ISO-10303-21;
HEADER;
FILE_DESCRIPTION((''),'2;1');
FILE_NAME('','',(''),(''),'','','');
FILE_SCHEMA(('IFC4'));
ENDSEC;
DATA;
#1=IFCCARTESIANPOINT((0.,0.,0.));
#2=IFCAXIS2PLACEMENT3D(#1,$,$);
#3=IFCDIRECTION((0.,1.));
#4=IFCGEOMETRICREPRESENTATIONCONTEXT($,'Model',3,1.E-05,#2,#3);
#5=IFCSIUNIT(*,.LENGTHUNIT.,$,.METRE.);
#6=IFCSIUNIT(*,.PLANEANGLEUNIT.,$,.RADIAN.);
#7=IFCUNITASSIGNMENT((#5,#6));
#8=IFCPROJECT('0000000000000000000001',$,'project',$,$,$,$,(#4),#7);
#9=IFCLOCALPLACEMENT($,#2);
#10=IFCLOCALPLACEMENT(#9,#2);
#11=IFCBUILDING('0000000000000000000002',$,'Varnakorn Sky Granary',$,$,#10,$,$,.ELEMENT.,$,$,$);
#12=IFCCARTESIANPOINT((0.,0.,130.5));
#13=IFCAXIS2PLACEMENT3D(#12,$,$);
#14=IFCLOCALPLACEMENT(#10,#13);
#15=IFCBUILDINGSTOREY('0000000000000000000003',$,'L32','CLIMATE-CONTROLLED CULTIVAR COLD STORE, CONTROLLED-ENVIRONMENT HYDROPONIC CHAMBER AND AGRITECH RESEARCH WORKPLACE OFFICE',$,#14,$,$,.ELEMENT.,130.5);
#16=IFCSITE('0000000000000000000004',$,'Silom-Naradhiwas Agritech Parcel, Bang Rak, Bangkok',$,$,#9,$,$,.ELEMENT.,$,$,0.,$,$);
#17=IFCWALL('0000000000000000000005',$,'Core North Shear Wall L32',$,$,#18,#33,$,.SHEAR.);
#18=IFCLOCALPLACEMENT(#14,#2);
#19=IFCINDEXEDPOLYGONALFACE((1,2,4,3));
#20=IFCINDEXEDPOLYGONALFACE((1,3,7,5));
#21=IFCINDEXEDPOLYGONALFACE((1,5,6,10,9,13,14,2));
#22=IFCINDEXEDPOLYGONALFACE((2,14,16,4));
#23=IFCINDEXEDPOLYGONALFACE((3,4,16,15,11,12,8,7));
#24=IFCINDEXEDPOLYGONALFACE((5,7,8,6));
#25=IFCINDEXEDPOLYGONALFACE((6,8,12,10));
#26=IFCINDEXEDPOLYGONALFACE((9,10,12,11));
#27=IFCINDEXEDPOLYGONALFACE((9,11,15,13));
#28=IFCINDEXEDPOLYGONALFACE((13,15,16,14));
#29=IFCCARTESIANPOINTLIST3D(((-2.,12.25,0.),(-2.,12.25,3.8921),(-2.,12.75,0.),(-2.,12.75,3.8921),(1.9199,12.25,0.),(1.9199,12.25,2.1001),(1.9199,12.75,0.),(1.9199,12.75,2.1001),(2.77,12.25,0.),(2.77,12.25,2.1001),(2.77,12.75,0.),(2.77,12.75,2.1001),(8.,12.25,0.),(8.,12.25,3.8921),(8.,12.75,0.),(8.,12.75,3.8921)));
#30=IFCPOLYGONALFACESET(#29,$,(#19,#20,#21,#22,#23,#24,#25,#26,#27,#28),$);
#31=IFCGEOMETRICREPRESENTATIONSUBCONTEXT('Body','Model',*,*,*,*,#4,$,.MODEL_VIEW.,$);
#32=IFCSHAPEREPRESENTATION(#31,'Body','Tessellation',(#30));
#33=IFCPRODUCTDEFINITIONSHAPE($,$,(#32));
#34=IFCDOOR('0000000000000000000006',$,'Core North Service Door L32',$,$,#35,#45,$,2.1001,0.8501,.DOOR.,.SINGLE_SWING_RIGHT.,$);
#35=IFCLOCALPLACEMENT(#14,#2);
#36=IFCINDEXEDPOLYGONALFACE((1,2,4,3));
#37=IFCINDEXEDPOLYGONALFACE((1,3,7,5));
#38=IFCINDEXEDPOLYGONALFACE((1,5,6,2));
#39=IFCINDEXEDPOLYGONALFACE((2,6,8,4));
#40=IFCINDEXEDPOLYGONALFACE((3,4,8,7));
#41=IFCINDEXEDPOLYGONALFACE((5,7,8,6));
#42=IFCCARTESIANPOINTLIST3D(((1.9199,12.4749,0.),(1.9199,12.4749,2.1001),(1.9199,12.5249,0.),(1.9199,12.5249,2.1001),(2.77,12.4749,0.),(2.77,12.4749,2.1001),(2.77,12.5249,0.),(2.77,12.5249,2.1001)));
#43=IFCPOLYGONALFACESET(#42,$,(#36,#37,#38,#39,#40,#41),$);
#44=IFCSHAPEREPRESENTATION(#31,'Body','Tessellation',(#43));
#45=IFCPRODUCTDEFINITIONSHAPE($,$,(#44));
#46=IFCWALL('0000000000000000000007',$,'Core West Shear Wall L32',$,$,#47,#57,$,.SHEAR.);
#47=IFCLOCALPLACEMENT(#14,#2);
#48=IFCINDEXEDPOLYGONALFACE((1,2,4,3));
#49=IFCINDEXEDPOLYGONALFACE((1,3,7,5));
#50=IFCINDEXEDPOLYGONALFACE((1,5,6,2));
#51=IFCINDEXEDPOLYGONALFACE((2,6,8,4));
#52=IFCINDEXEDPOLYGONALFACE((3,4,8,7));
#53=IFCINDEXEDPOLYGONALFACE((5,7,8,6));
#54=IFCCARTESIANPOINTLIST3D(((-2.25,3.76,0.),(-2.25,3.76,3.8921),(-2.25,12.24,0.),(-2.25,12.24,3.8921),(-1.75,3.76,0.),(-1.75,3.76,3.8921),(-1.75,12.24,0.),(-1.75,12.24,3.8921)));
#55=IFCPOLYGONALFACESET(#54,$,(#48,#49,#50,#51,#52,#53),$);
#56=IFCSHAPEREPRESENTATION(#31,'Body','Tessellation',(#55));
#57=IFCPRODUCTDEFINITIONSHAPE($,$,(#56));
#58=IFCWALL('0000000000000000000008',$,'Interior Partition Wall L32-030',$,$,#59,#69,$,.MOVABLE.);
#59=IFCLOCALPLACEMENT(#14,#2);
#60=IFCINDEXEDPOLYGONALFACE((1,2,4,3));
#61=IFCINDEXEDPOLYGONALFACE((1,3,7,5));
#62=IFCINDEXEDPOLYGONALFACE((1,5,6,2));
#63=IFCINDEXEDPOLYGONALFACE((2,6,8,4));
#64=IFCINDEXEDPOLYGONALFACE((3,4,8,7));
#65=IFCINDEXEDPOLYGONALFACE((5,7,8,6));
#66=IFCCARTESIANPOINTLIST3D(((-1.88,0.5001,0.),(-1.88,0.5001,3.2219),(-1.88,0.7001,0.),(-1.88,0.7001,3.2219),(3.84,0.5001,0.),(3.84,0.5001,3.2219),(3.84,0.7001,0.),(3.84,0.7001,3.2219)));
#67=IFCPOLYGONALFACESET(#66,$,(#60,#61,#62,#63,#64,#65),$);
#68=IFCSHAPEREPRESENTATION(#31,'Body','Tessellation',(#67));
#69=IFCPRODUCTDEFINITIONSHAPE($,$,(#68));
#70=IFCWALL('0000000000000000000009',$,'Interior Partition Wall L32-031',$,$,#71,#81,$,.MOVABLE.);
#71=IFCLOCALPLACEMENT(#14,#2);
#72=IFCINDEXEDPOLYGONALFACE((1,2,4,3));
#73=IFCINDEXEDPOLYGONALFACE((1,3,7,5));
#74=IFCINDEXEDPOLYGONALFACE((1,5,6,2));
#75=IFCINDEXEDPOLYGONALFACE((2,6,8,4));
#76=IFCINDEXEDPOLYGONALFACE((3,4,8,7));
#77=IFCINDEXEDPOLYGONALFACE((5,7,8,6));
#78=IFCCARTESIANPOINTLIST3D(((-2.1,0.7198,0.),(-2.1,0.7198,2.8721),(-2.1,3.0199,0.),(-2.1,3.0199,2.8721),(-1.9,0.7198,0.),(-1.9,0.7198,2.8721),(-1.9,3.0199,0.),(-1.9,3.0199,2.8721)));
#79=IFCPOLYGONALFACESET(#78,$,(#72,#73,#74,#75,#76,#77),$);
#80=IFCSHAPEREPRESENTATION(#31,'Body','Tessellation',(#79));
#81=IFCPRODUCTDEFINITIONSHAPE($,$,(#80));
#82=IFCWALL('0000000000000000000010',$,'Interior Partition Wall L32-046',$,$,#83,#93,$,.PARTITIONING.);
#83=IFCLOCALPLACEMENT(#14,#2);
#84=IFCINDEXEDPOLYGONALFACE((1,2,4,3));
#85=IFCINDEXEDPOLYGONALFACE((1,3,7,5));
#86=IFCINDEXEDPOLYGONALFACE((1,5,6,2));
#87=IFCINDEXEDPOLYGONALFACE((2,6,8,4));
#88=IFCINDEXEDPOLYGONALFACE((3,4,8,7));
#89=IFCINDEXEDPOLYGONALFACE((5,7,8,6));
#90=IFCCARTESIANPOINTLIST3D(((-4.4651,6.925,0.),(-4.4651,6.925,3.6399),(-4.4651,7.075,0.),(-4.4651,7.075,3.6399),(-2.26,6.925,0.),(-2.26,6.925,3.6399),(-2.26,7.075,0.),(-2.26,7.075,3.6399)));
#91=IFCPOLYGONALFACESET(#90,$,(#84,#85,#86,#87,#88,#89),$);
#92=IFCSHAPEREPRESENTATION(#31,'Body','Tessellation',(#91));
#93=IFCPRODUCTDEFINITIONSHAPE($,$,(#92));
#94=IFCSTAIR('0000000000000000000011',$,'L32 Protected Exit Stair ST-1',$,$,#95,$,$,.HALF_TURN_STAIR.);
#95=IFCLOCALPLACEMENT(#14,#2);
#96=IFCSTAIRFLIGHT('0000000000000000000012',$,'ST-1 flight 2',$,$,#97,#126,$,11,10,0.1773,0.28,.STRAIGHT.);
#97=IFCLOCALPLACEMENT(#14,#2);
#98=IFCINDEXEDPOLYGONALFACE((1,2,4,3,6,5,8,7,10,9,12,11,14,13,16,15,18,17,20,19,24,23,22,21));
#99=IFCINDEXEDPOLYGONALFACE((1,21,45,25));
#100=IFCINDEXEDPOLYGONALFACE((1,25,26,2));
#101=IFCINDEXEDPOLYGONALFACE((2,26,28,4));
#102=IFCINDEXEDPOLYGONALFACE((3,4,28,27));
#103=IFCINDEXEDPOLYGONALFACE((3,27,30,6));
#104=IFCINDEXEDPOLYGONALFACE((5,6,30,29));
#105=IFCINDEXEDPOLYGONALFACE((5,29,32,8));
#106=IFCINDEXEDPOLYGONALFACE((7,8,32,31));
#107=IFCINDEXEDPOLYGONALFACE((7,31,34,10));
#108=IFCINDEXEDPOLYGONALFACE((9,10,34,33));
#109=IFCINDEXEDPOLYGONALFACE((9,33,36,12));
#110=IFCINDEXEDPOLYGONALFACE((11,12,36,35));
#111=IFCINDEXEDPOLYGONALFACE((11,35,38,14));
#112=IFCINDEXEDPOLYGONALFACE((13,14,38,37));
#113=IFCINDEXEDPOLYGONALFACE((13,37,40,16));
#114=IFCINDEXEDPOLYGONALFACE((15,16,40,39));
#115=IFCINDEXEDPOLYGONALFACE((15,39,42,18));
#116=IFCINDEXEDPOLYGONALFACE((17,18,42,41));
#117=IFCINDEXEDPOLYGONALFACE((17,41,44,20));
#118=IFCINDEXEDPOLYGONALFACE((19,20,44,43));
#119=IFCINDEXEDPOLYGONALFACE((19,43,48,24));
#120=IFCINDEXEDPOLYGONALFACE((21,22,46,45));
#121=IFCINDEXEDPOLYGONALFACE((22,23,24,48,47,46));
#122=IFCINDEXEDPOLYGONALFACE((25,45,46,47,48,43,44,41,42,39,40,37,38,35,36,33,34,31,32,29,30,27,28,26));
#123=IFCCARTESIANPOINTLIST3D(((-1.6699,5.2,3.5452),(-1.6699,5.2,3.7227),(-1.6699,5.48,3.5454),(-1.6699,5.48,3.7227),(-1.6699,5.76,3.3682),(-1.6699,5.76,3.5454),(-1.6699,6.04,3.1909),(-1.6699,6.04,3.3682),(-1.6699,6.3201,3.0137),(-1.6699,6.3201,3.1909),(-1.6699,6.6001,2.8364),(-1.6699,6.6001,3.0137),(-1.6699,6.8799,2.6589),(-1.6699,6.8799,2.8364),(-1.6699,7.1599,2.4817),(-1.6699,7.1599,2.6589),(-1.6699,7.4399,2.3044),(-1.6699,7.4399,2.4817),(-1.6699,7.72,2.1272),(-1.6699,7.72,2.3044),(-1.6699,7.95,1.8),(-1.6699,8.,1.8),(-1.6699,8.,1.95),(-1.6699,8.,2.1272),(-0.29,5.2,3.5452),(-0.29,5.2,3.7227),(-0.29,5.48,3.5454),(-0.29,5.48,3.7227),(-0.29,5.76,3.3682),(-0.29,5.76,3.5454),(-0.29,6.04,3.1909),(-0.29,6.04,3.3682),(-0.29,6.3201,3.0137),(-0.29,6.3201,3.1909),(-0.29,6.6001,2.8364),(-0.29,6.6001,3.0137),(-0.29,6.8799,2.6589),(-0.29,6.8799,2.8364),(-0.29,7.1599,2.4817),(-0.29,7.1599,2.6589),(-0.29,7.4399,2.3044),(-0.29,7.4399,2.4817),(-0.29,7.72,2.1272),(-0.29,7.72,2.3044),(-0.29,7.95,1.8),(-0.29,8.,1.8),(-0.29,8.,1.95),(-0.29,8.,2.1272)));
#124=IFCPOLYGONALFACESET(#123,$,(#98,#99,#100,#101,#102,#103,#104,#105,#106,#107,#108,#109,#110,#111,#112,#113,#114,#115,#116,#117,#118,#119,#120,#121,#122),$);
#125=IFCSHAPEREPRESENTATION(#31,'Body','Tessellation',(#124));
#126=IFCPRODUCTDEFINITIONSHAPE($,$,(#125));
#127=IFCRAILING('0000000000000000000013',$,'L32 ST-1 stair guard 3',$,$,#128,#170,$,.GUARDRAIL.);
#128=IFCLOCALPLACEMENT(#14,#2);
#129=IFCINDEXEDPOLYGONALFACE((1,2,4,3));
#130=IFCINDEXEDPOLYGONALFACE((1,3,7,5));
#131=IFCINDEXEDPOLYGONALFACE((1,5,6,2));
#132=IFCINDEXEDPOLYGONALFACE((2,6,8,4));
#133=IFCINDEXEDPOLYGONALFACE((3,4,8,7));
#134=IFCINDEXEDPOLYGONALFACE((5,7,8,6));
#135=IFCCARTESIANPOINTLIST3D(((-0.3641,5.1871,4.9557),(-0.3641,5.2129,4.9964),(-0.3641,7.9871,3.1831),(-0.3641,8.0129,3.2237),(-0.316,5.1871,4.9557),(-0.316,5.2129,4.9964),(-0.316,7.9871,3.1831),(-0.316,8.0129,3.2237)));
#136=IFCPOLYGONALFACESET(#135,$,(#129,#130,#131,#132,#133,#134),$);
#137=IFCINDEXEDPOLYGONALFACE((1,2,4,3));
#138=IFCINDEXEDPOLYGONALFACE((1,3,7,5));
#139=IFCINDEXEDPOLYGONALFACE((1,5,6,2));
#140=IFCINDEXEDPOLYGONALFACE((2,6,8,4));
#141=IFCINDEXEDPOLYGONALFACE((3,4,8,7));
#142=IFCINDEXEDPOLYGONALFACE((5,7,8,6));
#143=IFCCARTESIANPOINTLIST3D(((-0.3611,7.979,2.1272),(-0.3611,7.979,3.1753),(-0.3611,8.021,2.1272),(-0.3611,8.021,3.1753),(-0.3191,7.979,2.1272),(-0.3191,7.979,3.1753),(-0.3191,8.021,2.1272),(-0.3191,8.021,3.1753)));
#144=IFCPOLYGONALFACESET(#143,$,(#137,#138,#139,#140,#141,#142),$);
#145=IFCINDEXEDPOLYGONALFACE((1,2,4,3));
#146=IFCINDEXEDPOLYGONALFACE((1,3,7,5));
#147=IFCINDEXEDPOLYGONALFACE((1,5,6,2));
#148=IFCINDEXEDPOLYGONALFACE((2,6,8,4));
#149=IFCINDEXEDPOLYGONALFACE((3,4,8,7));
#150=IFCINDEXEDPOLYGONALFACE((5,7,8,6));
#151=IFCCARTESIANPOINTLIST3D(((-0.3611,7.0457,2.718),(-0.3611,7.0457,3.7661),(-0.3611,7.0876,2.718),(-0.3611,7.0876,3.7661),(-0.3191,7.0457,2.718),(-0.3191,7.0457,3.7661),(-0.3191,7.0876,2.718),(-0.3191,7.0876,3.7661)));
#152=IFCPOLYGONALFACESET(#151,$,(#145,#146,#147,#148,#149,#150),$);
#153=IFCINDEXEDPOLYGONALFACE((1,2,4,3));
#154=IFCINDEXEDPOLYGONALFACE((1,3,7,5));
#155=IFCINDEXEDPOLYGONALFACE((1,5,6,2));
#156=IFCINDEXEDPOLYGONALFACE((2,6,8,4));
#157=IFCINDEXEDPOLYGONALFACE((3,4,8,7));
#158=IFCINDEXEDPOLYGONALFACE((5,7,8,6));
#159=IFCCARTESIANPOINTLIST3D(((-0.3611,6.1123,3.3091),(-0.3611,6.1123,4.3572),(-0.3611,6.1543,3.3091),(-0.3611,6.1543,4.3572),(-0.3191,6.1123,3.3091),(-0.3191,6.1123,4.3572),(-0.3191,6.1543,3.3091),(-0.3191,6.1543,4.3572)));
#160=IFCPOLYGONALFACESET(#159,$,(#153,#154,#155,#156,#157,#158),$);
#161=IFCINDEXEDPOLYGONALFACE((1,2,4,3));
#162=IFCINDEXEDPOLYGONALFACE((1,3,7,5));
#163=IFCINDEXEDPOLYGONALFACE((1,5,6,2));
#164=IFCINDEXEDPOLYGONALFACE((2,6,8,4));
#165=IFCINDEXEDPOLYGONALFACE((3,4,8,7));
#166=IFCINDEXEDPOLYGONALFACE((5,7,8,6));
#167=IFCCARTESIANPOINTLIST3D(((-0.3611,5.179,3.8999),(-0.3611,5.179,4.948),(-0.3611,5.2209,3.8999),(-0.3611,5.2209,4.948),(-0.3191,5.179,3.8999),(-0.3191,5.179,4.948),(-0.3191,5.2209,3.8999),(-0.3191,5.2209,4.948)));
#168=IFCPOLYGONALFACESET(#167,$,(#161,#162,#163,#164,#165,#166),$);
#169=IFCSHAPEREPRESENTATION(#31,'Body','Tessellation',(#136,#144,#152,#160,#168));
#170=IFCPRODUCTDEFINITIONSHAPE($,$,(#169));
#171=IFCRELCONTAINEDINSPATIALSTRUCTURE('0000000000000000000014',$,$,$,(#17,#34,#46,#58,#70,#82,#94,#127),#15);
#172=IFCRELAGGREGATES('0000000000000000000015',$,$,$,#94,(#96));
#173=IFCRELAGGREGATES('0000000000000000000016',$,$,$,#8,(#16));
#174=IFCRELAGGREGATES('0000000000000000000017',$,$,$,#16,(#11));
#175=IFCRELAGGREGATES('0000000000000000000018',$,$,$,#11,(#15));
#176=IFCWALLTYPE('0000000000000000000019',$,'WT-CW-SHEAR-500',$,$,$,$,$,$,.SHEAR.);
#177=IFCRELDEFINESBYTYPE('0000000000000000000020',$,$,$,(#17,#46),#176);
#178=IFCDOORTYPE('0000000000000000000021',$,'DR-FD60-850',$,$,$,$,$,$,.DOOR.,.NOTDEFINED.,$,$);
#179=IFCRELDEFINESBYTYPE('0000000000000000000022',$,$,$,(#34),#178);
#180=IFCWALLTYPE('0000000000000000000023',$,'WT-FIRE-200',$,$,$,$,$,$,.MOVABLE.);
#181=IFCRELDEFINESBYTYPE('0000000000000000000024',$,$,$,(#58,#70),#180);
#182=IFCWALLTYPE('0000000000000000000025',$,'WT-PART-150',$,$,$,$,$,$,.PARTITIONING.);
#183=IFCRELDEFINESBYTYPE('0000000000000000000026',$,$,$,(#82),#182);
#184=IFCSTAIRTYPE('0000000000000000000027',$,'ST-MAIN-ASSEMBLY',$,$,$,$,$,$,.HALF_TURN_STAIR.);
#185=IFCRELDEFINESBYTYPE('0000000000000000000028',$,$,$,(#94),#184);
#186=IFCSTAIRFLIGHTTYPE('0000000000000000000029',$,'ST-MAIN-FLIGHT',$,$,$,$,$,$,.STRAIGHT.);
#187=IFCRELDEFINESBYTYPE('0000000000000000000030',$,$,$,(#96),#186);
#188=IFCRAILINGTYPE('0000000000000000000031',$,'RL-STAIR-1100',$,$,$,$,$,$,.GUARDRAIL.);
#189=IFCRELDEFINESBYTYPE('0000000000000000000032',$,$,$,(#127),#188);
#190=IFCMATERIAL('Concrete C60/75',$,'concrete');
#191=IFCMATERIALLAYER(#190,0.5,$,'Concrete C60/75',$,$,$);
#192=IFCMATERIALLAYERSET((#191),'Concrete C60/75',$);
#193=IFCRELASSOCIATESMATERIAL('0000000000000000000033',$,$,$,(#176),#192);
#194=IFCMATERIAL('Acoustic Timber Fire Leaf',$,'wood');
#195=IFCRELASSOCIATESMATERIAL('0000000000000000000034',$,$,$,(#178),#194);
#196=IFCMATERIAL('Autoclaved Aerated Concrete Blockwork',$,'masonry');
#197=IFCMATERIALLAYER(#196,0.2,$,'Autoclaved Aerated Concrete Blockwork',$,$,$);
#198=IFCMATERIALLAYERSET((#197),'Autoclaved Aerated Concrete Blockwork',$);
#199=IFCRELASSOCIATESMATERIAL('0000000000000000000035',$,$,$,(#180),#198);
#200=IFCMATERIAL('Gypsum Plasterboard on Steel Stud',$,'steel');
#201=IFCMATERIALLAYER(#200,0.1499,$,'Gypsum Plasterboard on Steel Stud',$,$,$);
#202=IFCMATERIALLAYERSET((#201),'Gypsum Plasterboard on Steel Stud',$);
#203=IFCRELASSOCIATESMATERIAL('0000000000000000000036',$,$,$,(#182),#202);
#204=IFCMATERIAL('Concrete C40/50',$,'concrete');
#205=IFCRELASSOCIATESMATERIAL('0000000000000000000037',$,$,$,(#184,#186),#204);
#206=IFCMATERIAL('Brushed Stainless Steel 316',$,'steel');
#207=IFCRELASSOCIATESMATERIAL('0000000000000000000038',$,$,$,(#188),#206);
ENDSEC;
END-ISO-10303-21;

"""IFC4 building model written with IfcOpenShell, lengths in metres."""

from ifc_helpers import new_model, si_unit, direction, frame, frame_2d, origin, origin_2d, place, context, subcontext, project, spatial, polyline, rectangle, outline, extrude, material, layer, layer_set, type_object, element, fill, aggregate, save


model = new_model("IFC4")

# Units and contexts
model_context = context("Model", 3, precision=1e-05, world=origin(), true_north=direction((0.0, 1.0)))
body_context = subcontext(model_context, "Body", "Model", "MODEL_VIEW")
ifc_project = project(units=[si_unit("LENGTHUNIT", "METRE"), si_unit("PLANEANGLEUNIT", "RADIAN")], contexts=[model_context])

# Site, building, storey
site_placement = place(None, origin())
site = spatial("IfcSite", under=ifc_project, at=site_placement, Name="Silom-Naradhiwas Agritech Parcel, Bang Rak, Bangkok", CompositionType="ELEMENT", RefElevation=0.0)
building_placement = place(site_placement, origin())
building = spatial("IfcBuilding", under=site, at=building_placement, Name="Varnakorn Sky Granary", CompositionType="ELEMENT")
storey_placement = place(building_placement, frame((0.0, 0.0, 130.5)))
storey = spatial("IfcBuildingStorey", under=building, at=storey_placement, Name="L32", Description="CLIMATE-CONTROLLED CULTIVAR COLD STORE, CONTROLLED-ENVIRONMENT HYDROPONIC CHAMBER AND AGRITECH RESEARCH WORKPLACE OFFICE", CompositionType="ELEMENT", Elevation=130.5)

# Shared definitions
ifc_material_1 = material(Name="Concrete C60/75", Category="concrete")

# Shared definitions
ifc_layer_1 = layer(ifc_material_1, 0.5, Name="Concrete C60/75")
ifc_layer_set_1 = layer_set([ifc_layer_1], Name="Concrete C60/75")
wall_type_1 = type_object("IfcWallType", Name="WT-CW-SHEAR-500", PredefinedType="SHEAR", material=ifc_layer_set_1)

# Wall, opening, door
wall_1_placement = place(storey_placement, frame((-2.0, 12.5, 0.0), z_axis=(0.0, 0.0, 1.0), x_axis=(1.0, 0.0, 0.0)))
wall_1 = element("IfcWall", 1, at=wall_1_placement, inside=storey, type_object=wall_type_1, Name="Core North Shear Wall L32", PredefinedType="SHEAR", context=body_context, shape_type="SweptSolid", body=[
    extrude(rectangle(XDim=10.0, YDim=0.5, at=frame_2d((5.0, 0.0))), origin(), (0.0, 0.0, 1.0), 3.8921),
])
opening_1_placement = place(wall_1_placement, frame((3.9199, 0.0, 0.0)))
opening_1 = element("IfcOpeningElement", 2, at=opening_1_placement, cuts=wall_1, PredefinedType="OPENING", context=body_context, shape_type="SweptSolid", body=[
    extrude(rectangle(XDim=0.8501, YDim=2.1001, at=frame_2d((0.425, 1.05))), frame((0.0, 0.26, 0.0), z_axis=(0.0, -1.0, 0.0), x_axis=(1.0, 0.0, 0.0)), (0.0, 0.0, 1.0), 0.52),
])
ifc_material_2 = material(Name="Acoustic Timber Fire Leaf", Category="wood")
door_type_1 = type_object("IfcDoorType", Name="DR-FD60-850", OperationType="NOTDEFINED", PredefinedType="DOOR", material=ifc_material_2)
door_1_placement = place(opening_1_placement, origin())
door_1 = element("IfcDoor", 3, at=door_1_placement, inside=storey, type_object=door_type_1, Name="Core North Service Door L32", OperationType="SINGLE_SWING_RIGHT", OverallHeight=2.1001, OverallWidth=0.8501, PredefinedType="DOOR", context=body_context, shape_type="SweptSolid", body=[
    extrude(rectangle(XDim=0.8501, YDim=2.1001, at=frame_2d((0.425, 1.05))), frame((0.0, 0.0249, 0.0), z_axis=(0.0, -1.0, 0.0), x_axis=(1.0, 0.0, 0.0)), (0.0, 0.0, 1.0), 0.05),
])
fill(opening_1, door_1)

# Walls
wall_2_placement = place(storey_placement, frame((-2.0, 3.76, 0.0), z_axis=(0.0, 0.0, 1.0), x_axis=(0.0, 1.0, 0.0)))
element("IfcWall", 4, at=wall_2_placement, inside=storey, type_object=wall_type_1, Name="Core West Shear Wall L32", PredefinedType="SHEAR", context=body_context, shape_type="SweptSolid", body=[
    extrude(rectangle(XDim=8.48, YDim=0.5, at=frame_2d((4.24, 0.0))), origin(), (0.0, 0.0, 1.0), 3.8921),
])
ifc_material_3 = material(Name="Autoclaved Aerated Concrete Blockwork", Category="masonry")
ifc_layer_2 = layer(ifc_material_3, 0.2, Name="Autoclaved Aerated Concrete Blockwork")
ifc_layer_set_2 = layer_set([ifc_layer_2], Name="Autoclaved Aerated Concrete Blockwork")
wall_type_2 = type_object("IfcWallType", Name="WT-FIRE-200", PredefinedType="MOVABLE", material=ifc_layer_set_2)
wall_3_placement = place(storey_placement, frame((-1.8799, 0.6001, 0.0), z_axis=(0.0, 0.0, 1.0), x_axis=(1.0, 0.0, 0.0)))
element("IfcWall", 5, at=wall_3_placement, inside=storey, type_object=wall_type_2, Name="Interior Partition Wall L32-030", PredefinedType="MOVABLE", context=body_context, shape_type="SweptSolid", body=[
    extrude(rectangle(XDim=5.72, YDim=0.2, at=frame_2d((2.8599, 0.0))), origin(), (0.0, 0.0, 1.0), 3.2219),
])
wall_4_placement = place(storey_placement, frame((-2.0, 0.72, 0.0), z_axis=(0.0, 0.0, 1.0), x_axis=(0.0, 1.0, 0.0)))
element("IfcWall", 6, at=wall_4_placement, inside=storey, type_object=wall_type_2, Name="Interior Partition Wall L32-031", PredefinedType="MOVABLE", context=body_context, shape_type="SweptSolid", body=[
    extrude(rectangle(XDim=2.3, YDim=0.2, at=frame_2d((1.1499, 0.0))), origin(), (0.0, 0.0, 1.0), 2.8721),
])
ifc_material_4 = material(Name="Gypsum Plasterboard on Steel Stud", Category="steel")
ifc_layer_3 = layer(ifc_material_4, 0.1499, Name="Gypsum Plasterboard on Steel Stud")
ifc_layer_set_3 = layer_set([ifc_layer_3], Name="Gypsum Plasterboard on Steel Stud")
wall_type_3 = type_object("IfcWallType", Name="WT-PART-150", PredefinedType="PARTITIONING", material=ifc_layer_set_3)
wall_5_placement = place(storey_placement, frame((-4.4651, 7.0, 0.0), z_axis=(0.0, 0.0, 1.0), x_axis=(1.0, 0.0, 0.0)))
element("IfcWall", 7, at=wall_5_placement, inside=storey, type_object=wall_type_3, Name="Interior Partition Wall L32-046", PredefinedType="PARTITIONING", context=body_context, shape_type="SweptSolid", body=[
    extrude(rectangle(XDim=2.2051, YDim=0.1499, at=frame_2d((1.1025, 0.0))), origin(), (0.0, 0.0, 1.0), 3.6399),
])

# Stair, stair flight
ifc_material_5 = material(Name="Concrete C40/50", Category="concrete")
stair_type = type_object("IfcStairType", Name="ST-MAIN-ASSEMBLY", PredefinedType="HALF_TURN_STAIR", material=ifc_material_5)
stair_placement = place(storey_placement, origin())
stair = element("IfcStair", 8, at=stair_placement, inside=storey, type_object=stair_type, Name="L32 Protected Exit Stair ST-1", PredefinedType="HALF_TURN_STAIR")
stair_flight_type = type_object("IfcStairFlightType", Name="ST-MAIN-FLIGHT", PredefinedType="STRAIGHT", material=ifc_material_5)
stair_flight_placement = place(storey_placement, frame((-0.98, 8.0, 1.95), z_axis=(0.0, 0.0, 1.0), x_axis=(0.0, -1.0, 0.0)))
stair_flight = element("IfcStairFlight", 9, at=stair_flight_placement, type_object=stair_flight_type, Name="ST-1 flight 2", NumberOfRisers=11, NumberOfTreads=10, PredefinedType="STRAIGHT", RiserHeight=0.1773, TreadLength=0.28, context=body_context, shape_type="SweptSolid", body=[
    extrude(outline(polyline([(0.0, -0.1499), (0.0, 0.0), (0.0, 0.1772), (0.28, 0.1772), (0.28, 0.3545), (0.5601, 0.3545), (0.5601, 0.5317), (0.8401, 0.5317), (0.8401, 0.709), (1.1201, 0.709), (1.1201, 0.8865), (1.3999, 0.8865), (1.3999, 1.0637), (1.6799, 1.0637), (1.6799, 1.241), (1.96, 1.241), (1.96, 1.4182), (2.24, 1.4182), (2.24, 1.5955), (2.52, 1.5955), (2.52, 1.7727), (2.8, 1.7727), (2.8, 1.95), (2.8, 1.5952), (0.05, -0.1499), (0.0, -0.1499)])), frame((0.0, 0.6899, 0.0), z_axis=(0.0, -1.0, 0.0), x_axis=(1.0, 0.0, 0.0)), (0.0, 0.0, 1.0), 1.3799),
])
aggregate(stair, [stair_flight])

# Railing
ifc_material_6 = material(Name="Brushed Stainless Steel 316", Category="steel")
railing_type_1 = type_object("IfcRailingType", Name="RL-STAIR-1100", PredefinedType="GUARDRAIL", material=ifc_material_6)
railing_1_placement = place(storey_placement, frame((-0.3401, 8.0, 2.1272)))
element("IfcRailing", 10, at=railing_1_placement, inside=storey, type_object=railing_type_1, Name="L32 ST-1 stair guard 3", PredefinedType="GUARDRAIL", context=body_context, shape_type="SweptSolid", body=[
    extrude(rectangle(XDim=0.0481, YDim=0.0481, at=origin_2d()), frame((0.0, 0.0, 1.0762), z_axis=(0.0, -0.844909, 0.53491), x_axis=(1.0, 0.0, 0.0)), (0.0, 0.0, 1.0), 3.314),
    extrude(rectangle(XDim=0.042, YDim=0.042, at=origin_2d()), origin(), (0.0, 0.0, 1.0), 1.0481),
    extrude(rectangle(XDim=0.042, YDim=0.042, at=origin_2d()), frame((0.0, -0.9333, 0.5908)), (0.0, 0.0, 1.0), 1.0481),
    extrude(rectangle(XDim=0.042, YDim=0.042, at=origin_2d()), frame((0.0, -1.8667, 1.1819)), (0.0, 0.0, 1.0), 1.0481),
    extrude(rectangle(XDim=0.042, YDim=0.042, at=origin_2d()), frame((0.0, -2.8, 1.7727)), (0.0, 0.0, 1.0), 1.0481),
])

save(model, "model.ifc")
